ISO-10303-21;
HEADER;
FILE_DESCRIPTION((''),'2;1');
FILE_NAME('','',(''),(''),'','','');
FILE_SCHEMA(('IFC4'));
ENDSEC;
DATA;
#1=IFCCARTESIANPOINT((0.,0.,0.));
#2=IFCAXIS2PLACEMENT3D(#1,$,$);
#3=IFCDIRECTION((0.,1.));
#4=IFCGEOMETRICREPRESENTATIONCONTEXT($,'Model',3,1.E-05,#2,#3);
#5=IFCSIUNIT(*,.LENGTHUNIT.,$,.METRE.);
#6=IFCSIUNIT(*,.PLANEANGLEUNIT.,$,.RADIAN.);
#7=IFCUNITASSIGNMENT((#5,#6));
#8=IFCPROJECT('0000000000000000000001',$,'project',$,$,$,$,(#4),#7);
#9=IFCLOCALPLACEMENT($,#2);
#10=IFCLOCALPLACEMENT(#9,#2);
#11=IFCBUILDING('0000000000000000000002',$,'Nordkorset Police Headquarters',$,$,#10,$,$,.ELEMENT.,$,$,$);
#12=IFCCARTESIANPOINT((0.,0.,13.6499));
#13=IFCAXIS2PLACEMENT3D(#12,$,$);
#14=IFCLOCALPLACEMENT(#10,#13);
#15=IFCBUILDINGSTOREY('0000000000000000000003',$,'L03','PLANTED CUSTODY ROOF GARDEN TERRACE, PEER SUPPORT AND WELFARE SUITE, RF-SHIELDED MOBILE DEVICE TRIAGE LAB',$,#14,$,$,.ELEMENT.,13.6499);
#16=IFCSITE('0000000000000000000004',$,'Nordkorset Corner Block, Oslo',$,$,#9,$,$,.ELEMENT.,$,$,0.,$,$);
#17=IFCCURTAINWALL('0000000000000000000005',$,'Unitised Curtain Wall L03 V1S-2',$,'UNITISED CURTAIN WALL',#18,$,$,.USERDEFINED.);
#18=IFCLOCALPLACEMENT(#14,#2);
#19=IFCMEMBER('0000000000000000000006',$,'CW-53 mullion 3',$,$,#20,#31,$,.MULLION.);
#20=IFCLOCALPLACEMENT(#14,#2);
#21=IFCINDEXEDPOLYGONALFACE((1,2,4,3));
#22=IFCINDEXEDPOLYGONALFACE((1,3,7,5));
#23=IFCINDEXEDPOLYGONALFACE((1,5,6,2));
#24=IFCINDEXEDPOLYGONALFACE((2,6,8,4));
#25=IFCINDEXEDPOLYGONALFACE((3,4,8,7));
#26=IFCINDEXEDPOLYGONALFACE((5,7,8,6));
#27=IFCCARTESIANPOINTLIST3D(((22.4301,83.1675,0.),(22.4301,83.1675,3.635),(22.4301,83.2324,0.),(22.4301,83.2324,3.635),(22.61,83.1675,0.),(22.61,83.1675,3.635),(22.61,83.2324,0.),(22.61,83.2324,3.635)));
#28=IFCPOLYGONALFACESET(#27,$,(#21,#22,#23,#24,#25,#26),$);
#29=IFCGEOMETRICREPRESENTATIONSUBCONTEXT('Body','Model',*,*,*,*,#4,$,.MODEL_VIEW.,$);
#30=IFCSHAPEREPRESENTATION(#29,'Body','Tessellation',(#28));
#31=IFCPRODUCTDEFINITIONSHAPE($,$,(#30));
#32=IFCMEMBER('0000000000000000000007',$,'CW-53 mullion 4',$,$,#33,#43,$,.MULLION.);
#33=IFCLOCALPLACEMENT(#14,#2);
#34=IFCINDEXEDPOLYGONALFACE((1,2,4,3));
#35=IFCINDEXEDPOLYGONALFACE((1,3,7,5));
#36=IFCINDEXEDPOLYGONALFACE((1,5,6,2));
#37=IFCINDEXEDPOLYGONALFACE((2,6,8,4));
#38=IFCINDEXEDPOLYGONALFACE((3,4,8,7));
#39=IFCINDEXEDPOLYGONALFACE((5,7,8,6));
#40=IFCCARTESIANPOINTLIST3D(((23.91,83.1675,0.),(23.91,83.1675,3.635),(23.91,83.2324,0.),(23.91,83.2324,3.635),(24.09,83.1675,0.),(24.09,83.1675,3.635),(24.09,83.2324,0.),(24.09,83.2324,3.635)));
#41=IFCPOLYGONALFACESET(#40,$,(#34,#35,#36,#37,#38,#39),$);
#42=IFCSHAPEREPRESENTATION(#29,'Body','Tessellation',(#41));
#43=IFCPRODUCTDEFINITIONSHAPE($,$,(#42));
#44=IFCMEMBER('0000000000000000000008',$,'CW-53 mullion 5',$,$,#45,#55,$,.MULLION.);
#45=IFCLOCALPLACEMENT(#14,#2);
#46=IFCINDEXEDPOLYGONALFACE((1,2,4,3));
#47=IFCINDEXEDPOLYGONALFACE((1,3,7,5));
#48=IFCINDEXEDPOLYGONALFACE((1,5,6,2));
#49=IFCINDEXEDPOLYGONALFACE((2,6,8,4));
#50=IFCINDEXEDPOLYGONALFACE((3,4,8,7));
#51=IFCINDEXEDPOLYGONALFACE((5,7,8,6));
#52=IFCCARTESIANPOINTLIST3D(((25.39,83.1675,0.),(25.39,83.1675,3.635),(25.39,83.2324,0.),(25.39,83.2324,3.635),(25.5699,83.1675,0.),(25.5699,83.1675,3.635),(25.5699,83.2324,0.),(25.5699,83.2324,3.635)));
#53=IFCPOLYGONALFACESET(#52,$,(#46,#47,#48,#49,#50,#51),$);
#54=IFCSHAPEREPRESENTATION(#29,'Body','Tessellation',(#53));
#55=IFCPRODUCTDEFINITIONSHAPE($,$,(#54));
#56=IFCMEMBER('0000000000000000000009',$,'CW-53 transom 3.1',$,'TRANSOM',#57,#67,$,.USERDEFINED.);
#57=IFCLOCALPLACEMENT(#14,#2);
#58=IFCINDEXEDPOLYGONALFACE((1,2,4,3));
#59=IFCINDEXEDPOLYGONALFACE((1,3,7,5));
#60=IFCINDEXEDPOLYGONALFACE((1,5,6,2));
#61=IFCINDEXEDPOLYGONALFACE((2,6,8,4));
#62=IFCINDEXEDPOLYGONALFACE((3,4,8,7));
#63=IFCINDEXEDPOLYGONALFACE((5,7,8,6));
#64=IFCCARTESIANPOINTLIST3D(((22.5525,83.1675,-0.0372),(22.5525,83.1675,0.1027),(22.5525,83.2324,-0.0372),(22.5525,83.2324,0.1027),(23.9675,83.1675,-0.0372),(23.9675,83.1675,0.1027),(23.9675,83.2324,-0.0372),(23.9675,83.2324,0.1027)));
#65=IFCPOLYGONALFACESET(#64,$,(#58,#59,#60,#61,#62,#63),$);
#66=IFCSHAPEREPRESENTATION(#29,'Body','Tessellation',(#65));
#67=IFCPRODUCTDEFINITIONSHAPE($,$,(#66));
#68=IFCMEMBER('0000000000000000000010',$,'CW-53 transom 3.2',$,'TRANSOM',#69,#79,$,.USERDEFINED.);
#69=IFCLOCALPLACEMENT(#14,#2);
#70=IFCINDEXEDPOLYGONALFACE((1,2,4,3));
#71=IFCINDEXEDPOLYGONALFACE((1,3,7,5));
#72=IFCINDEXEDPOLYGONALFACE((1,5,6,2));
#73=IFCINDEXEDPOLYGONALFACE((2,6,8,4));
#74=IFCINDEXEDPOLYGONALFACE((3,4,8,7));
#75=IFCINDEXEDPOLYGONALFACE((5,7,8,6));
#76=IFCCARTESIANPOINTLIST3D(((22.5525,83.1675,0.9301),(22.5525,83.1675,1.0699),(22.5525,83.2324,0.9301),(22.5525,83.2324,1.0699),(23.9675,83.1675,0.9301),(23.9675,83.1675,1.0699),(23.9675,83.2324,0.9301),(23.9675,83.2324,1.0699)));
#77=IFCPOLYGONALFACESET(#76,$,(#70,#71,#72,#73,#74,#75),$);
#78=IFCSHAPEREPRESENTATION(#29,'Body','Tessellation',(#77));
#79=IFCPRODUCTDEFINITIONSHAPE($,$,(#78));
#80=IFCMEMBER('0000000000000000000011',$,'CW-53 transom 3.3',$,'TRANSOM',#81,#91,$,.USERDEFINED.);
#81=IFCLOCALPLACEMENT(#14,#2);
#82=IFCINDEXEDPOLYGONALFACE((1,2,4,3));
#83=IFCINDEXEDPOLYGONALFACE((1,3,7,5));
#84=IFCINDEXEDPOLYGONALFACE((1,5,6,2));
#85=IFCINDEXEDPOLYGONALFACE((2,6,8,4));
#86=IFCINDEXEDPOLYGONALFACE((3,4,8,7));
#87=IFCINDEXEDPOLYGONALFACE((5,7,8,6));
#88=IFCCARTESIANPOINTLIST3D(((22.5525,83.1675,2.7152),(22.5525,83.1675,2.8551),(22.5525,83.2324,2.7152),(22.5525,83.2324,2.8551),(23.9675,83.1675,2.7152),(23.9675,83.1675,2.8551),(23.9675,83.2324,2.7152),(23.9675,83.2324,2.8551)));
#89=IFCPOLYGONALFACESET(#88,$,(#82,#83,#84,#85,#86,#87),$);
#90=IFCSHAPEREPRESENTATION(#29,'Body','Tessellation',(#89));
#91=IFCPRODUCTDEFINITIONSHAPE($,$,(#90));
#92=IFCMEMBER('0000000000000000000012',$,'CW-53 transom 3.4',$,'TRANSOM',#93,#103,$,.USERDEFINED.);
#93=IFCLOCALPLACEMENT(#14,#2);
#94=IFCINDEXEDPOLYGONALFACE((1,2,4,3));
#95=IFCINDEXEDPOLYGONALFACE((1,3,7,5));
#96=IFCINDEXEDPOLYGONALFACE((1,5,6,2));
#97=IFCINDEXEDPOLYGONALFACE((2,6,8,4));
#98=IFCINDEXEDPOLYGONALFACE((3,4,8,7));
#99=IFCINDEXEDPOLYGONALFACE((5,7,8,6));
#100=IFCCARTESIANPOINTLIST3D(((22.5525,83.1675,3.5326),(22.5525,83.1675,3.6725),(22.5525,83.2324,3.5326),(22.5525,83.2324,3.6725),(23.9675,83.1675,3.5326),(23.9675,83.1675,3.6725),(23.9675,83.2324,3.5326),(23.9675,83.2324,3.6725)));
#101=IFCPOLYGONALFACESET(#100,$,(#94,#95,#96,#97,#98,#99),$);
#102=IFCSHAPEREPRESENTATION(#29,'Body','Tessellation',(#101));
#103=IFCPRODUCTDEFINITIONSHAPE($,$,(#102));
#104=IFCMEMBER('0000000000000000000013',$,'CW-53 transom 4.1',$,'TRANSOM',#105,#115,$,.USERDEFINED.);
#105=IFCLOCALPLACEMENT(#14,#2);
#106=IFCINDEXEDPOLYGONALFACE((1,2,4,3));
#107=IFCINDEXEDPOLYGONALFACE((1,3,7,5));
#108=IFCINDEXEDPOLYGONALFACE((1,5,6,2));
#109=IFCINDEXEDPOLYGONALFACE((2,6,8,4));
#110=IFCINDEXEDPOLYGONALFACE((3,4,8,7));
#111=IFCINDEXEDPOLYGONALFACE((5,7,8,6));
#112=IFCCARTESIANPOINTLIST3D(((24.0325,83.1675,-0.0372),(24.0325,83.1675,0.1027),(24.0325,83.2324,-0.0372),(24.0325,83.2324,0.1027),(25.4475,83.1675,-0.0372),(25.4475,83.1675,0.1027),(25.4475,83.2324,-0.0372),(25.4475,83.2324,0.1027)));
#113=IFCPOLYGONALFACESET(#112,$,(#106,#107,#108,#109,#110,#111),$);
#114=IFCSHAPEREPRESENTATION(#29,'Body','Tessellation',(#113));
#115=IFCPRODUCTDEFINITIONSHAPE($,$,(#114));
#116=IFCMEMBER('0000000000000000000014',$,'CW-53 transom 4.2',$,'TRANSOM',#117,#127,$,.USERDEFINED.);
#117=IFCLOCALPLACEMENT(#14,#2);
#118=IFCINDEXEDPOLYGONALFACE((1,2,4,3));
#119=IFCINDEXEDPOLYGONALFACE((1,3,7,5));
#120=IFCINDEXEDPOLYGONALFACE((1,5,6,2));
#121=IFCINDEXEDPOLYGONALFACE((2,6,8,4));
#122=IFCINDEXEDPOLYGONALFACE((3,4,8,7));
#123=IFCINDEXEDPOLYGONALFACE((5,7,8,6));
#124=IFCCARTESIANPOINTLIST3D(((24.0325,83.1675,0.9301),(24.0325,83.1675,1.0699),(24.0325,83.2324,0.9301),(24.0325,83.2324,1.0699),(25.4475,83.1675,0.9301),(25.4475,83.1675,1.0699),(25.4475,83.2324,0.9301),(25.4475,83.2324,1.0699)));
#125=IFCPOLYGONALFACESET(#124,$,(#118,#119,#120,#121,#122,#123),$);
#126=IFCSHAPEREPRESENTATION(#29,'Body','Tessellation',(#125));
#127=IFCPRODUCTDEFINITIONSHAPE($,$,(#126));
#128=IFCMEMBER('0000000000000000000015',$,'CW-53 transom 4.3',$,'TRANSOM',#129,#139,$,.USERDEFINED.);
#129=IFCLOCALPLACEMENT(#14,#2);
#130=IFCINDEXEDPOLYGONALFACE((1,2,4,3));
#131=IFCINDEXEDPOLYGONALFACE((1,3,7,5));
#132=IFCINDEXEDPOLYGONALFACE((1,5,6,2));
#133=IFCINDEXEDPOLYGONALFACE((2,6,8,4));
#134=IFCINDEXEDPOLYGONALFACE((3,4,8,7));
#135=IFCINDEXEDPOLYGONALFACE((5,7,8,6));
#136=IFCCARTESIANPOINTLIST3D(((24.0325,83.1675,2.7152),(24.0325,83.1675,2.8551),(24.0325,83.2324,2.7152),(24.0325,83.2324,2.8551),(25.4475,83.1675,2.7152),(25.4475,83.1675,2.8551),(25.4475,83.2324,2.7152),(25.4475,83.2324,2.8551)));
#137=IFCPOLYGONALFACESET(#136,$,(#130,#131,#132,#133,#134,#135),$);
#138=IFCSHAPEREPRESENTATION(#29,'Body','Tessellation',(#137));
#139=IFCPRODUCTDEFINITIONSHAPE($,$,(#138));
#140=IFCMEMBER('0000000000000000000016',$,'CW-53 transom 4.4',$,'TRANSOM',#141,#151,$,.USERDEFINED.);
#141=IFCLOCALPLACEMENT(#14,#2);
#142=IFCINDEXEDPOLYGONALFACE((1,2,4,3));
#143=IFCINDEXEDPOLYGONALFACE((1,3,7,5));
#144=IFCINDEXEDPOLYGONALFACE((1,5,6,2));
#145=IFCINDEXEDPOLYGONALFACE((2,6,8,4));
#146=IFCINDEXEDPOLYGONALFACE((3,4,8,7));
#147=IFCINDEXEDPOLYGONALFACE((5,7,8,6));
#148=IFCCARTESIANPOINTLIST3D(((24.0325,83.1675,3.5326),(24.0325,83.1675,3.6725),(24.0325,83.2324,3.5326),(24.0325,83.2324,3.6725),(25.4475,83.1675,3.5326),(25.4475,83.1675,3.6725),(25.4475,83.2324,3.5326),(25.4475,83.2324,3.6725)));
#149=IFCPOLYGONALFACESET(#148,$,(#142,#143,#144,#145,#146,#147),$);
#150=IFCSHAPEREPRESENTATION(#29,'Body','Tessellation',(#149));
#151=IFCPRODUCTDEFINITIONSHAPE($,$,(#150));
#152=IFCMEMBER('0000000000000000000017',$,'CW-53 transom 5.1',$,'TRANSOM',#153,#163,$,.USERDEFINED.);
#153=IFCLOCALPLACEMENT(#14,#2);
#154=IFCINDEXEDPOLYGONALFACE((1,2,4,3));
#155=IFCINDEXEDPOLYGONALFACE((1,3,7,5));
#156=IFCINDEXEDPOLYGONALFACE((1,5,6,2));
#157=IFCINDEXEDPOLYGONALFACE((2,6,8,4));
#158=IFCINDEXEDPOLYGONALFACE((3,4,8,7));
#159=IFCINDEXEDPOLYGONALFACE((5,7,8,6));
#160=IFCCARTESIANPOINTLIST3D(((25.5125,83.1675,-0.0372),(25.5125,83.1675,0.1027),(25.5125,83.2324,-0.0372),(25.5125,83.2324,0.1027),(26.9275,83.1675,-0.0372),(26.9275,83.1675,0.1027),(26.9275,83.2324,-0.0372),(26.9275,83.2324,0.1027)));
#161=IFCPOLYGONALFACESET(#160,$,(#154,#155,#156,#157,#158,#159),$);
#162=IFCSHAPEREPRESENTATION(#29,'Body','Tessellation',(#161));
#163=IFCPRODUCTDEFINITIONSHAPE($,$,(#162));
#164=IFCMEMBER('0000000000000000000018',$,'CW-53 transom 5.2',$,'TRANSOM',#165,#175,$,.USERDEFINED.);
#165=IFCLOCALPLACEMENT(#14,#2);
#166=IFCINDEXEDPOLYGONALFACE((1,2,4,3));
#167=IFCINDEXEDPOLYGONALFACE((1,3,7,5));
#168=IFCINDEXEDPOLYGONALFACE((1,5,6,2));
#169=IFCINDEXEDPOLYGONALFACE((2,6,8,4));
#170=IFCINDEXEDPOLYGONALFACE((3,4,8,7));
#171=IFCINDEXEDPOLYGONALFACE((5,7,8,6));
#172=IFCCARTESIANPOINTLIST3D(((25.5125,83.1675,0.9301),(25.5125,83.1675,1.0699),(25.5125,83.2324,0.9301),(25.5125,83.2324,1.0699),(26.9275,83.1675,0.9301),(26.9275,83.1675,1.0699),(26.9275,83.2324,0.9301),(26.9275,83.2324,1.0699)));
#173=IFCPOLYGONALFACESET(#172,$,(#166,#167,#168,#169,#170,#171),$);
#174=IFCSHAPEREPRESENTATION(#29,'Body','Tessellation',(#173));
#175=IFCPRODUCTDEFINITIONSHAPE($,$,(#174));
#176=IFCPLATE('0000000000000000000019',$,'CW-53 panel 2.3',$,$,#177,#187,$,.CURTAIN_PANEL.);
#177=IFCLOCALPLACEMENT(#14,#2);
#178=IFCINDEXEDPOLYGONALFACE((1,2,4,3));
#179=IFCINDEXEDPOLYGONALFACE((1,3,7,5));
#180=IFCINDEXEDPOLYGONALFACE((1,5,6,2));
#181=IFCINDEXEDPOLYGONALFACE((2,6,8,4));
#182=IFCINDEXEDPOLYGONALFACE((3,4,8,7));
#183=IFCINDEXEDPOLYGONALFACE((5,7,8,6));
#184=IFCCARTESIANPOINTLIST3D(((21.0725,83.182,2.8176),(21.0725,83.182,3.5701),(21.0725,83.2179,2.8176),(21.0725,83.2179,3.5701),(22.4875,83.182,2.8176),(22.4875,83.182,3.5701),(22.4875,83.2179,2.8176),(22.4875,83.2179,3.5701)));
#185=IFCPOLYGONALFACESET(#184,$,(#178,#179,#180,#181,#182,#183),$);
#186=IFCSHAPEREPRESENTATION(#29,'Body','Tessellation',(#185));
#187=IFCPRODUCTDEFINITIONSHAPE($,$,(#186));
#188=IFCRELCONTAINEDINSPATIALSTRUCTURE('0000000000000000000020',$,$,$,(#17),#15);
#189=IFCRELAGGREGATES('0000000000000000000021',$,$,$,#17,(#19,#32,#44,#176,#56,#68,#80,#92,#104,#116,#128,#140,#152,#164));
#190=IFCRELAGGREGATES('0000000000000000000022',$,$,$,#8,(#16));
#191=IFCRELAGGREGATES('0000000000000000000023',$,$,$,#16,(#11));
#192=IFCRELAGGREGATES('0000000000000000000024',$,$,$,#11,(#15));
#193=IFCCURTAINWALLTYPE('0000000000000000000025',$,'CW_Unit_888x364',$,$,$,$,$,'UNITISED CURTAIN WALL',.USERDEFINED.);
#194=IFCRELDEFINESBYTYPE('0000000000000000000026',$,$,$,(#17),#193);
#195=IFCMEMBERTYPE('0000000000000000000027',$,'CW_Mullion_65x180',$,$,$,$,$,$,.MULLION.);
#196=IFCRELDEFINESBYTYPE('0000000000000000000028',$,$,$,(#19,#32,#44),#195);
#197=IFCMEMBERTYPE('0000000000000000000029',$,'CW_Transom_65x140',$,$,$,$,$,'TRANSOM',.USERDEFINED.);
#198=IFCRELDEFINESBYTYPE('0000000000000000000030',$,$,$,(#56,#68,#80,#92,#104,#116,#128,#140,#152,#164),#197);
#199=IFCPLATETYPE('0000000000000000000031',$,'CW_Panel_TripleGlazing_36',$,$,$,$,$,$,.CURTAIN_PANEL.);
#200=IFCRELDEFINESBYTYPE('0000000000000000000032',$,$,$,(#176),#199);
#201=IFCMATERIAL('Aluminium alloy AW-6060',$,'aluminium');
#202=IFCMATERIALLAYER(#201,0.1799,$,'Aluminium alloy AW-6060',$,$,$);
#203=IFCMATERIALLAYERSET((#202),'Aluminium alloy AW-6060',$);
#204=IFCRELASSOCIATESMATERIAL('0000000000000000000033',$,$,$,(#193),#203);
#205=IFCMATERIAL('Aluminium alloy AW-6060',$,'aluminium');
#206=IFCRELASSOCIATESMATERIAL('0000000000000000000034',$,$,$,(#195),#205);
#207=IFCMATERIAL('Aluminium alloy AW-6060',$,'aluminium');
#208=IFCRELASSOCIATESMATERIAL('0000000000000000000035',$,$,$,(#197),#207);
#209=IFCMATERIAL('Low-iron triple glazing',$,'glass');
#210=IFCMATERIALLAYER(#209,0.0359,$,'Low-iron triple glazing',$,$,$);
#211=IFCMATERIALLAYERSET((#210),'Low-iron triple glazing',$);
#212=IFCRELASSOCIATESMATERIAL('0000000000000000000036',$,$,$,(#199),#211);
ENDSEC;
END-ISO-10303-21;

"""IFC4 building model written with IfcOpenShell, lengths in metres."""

from ifc_helpers import new_model, si_unit, direction, frame, origin, origin_2d, place, context, subcontext, project, spatial, rectangle, extrude, material, layer, layer_set, material_profile, profile_set, type_object, element, aggregate, save


model = new_model("IFC4")

# Units and contexts
model_context = context("Model", 3, precision=1e-05, world=origin(), true_north=direction((0.0, 1.0)))
body_context = subcontext(model_context, "Body", "Model", "MODEL_VIEW")
ifc_project = project(units=[si_unit("LENGTHUNIT", "METRE"), si_unit("PLANEANGLEUNIT", "RADIAN")], contexts=[model_context])

# Site, building, storey
site_placement = place(None, origin())
site = spatial("IfcSite", under=ifc_project, at=site_placement, Name="Nordkorset Corner Block, Oslo", CompositionType="ELEMENT", RefElevation=0.0)
building_placement = place(site_placement, origin())
building = spatial("IfcBuilding", under=site, at=building_placement, Name="Nordkorset Police Headquarters", CompositionType="ELEMENT")
storey_placement = place(building_placement, frame((0.0, 0.0, 13.6499)))
storey = spatial("IfcBuildingStorey", under=building, at=storey_placement, Name="L03", Description="PLANTED CUSTODY ROOF GARDEN TERRACE, PEER SUPPORT AND WELFARE SUITE, RF-SHIELDED MOBILE DEVICE TRIAGE LAB", CompositionType="ELEMENT", Elevation=13.6499)

# Curtain wall, members, plate
ifc_material_1 = material(Name="Aluminium alloy AW-6060", Category="aluminium")
ifc_layer_1 = layer(ifc_material_1, 0.1799, Name="Aluminium alloy AW-6060")
ifc_layer_set_1 = layer_set([ifc_layer_1], Name="Aluminium alloy AW-6060")
curtain_wall_type = type_object("IfcCurtainWallType", Name="CW_Unit_888x364", ElementType="UNITISED CURTAIN WALL", PredefinedType="USERDEFINED", material=ifc_layer_set_1)
curtain_wall_placement = place(storey_placement, origin())
curtain_wall = element("IfcCurtainWall", 1, at=curtain_wall_placement, inside=storey, type_object=curtain_wall_type, Name="Unitised Curtain Wall L03 V1S-2", ObjectType="UNITISED CURTAIN WALL", PredefinedType="USERDEFINED")
ifc_material_2 = material(Name="Aluminium alloy AW-6060", Category="aluminium")
ifc_material_profile_1 = material_profile(ifc_material_2, rectangle(XDim=0.0649, YDim=0.1799, at=origin_2d()), Name="ALU MULL 65x180")
ifc_profile_set_1 = profile_set([ifc_material_profile_1], Name="Aluminium alloy AW-6060")
member_type_1 = type_object("IfcMemberType", Name="CW_Mullion_65x180", PredefinedType="MULLION", material=ifc_profile_set_1)
member_1_placement = place(storey_placement, frame((22.52, 83.2, 0.0), z_axis=(0.0, 0.0, 1.0), x_axis=(0.0, 1.0, 0.0)))
member_1 = element("IfcMember", 2, at=member_1_placement, type_object=member_type_1, Name="CW-53 mullion 3", PredefinedType="MULLION", context=body_context, shape_type="SweptSolid", body=[
    extrude(rectangle(XDim=0.0649, YDim=0.1799, at=origin_2d()), origin(), (0.0, 0.0, 1.0), 3.635),
])
member_2_placement = place(storey_placement, frame((24.0, 83.2, 0.0), z_axis=(0.0, 0.0, 1.0), x_axis=(0.0, 1.0, 0.0)))
member_2 = element("IfcMember", 3, at=member_2_placement, type_object=member_type_1, Name="CW-53 mullion 4", PredefinedType="MULLION", context=body_context, shape_type="SweptSolid", body=[
    extrude(rectangle(XDim=0.0649, YDim=0.1799, at=origin_2d()), origin(), (0.0, 0.0, 1.0), 3.635),
])
member_3_placement = place(storey_placement, frame((25.48, 83.2, 0.0), z_axis=(0.0, 0.0, 1.0), x_axis=(0.0, 1.0, 0.0)))
member_3 = element("IfcMember", 4, at=member_3_placement, type_object=member_type_1, Name="CW-53 mullion 5", PredefinedType="MULLION", context=body_context, shape_type="SweptSolid", body=[
    extrude(rectangle(XDim=0.0649, YDim=0.1799, at=origin_2d()), origin(), (0.0, 0.0, 1.0), 3.635),
])
ifc_material_3 = material(Name="Aluminium alloy AW-6060", Category="aluminium")
ifc_material_profile_2 = material_profile(ifc_material_3, rectangle(XDim=0.0649, YDim=0.1399, at=origin_2d()), Name="ALU TRAN 65x140")
ifc_profile_set_2 = profile_set([ifc_material_profile_2], Name="Aluminium alloy AW-6060")
member_type_2 = type_object("IfcMemberType", Name="CW_Transom_65x140", ElementType="TRANSOM", PredefinedType="USERDEFINED", material=ifc_profile_set_2)
member_4_placement = place(storey_placement, frame((22.5525, 83.2, 0.0327), z_axis=(1.0, 0.0, 0.0), x_axis=(0.0, 1.0, 0.0)))
member_4 = element("IfcMember", 5, at=member_4_placement, type_object=member_type_2, Name="CW-53 transom 3.1", ObjectType="TRANSOM", PredefinedType="USERDEFINED", context=body_context, shape_type="SweptSolid", body=[
    extrude(rectangle(XDim=0.0649, YDim=0.1399, at=origin_2d()), origin(), (0.0, 0.0, 1.0), 1.415),
])
member_5_placement = place(storey_placement, frame((22.5525, 83.2, 1.0), z_axis=(1.0, 0.0, 0.0), x_axis=(0.0, 1.0, 0.0)))
member_5 = element("IfcMember", 6, at=member_5_placement, type_object=member_type_2, Name="CW-53 transom 3.2", ObjectType="TRANSOM", PredefinedType="USERDEFINED", context=body_context, shape_type="SweptSolid", body=[
    extrude(rectangle(XDim=0.0649, YDim=0.1399, at=origin_2d()), origin(), (0.0, 0.0, 1.0), 1.415),
])
member_6_placement = place(storey_placement, frame((22.5525, 83.2, 2.7852), z_axis=(1.0, 0.0, 0.0), x_axis=(0.0, 1.0, 0.0)))
member_6 = element("IfcMember", 7, at=member_6_placement, type_object=member_type_2, Name="CW-53 transom 3.3", ObjectType="TRANSOM", PredefinedType="USERDEFINED", context=body_context, shape_type="SweptSolid", body=[
    extrude(rectangle(XDim=0.0649, YDim=0.1399, at=origin_2d()), origin(), (0.0, 0.0, 1.0), 1.415),
])
member_7_placement = place(storey_placement, frame((22.5525, 83.2, 3.6025), z_axis=(1.0, 0.0, 0.0), x_axis=(0.0, 1.0, 0.0)))
member_7 = element("IfcMember", 8, at=member_7_placement, type_object=member_type_2, Name="CW-53 transom 3.4", ObjectType="TRANSOM", PredefinedType="USERDEFINED", context=body_context, shape_type="SweptSolid", body=[
    extrude(rectangle(XDim=0.0649, YDim=0.1399, at=origin_2d()), origin(), (0.0, 0.0, 1.0), 1.415),
])
member_8_placement = place(storey_placement, frame((24.0325, 83.2, 0.0327), z_axis=(1.0, 0.0, 0.0), x_axis=(0.0, 1.0, 0.0)))
member_8 = element("IfcMember", 9, at=member_8_placement, type_object=member_type_2, Name="CW-53 transom 4.1", ObjectType="TRANSOM", PredefinedType="USERDEFINED", context=body_context, shape_type="SweptSolid", body=[
    extrude(rectangle(XDim=0.0649, YDim=0.1399, at=origin_2d()), origin(), (0.0, 0.0, 1.0), 1.415),
])
member_9_placement = place(storey_placement, frame((24.0325, 83.2, 1.0), z_axis=(1.0, 0.0, 0.0), x_axis=(0.0, 1.0, 0.0)))
member_9 = element("IfcMember", 10, at=member_9_placement, type_object=member_type_2, Name="CW-53 transom 4.2", ObjectType="TRANSOM", PredefinedType="USERDEFINED", context=body_context, shape_type="SweptSolid", body=[
    extrude(rectangle(XDim=0.0649, YDim=0.1399, at=origin_2d()), origin(), (0.0, 0.0, 1.0), 1.415),
])
member_10_placement = place(storey_placement, frame((24.0325, 83.2, 2.7852), z_axis=(1.0, 0.0, 0.0), x_axis=(0.0, 1.0, 0.0)))
member_10 = element("IfcMember", 11, at=member_10_placement, type_object=member_type_2, Name="CW-53 transom 4.3", ObjectType="TRANSOM", PredefinedType="USERDEFINED", context=body_context, shape_type="SweptSolid", body=[
    extrude(rectangle(XDim=0.0649, YDim=0.1399, at=origin_2d()), origin(), (0.0, 0.0, 1.0), 1.415),
])
member_11_placement = place(storey_placement, frame((24.0325, 83.2, 3.6025), z_axis=(1.0, 0.0, 0.0), x_axis=(0.0, 1.0, 0.0)))
member_11 = element("IfcMember", 12, at=member_11_placement, type_object=member_type_2, Name="CW-53 transom 4.4", ObjectType="TRANSOM", PredefinedType="USERDEFINED", context=body_context, shape_type="SweptSolid", body=[
    extrude(rectangle(XDim=0.0649, YDim=0.1399, at=origin_2d()), origin(), (0.0, 0.0, 1.0), 1.415),
])
member_12_placement = place(storey_placement, frame((25.5125, 83.2, 0.0327), z_axis=(1.0, 0.0, 0.0), x_axis=(0.0, 1.0, 0.0)))
member_12 = element("IfcMember", 13, at=member_12_placement, type_object=member_type_2, Name="CW-53 transom 5.1", ObjectType="TRANSOM", PredefinedType="USERDEFINED", context=body_context, shape_type="SweptSolid", body=[
    extrude(rectangle(XDim=0.0649, YDim=0.1399, at=origin_2d()), origin(), (0.0, 0.0, 1.0), 1.415),
])
member_13_placement = place(storey_placement, frame((25.5125, 83.2, 1.0), z_axis=(1.0, 0.0, 0.0), x_axis=(0.0, 1.0, 0.0)))
member_13 = element("IfcMember", 14, at=member_13_placement, type_object=member_type_2, Name="CW-53 transom 5.2", ObjectType="TRANSOM", PredefinedType="USERDEFINED", context=body_context, shape_type="SweptSolid", body=[
    extrude(rectangle(XDim=0.0649, YDim=0.1399, at=origin_2d()), origin(), (0.0, 0.0, 1.0), 1.415),
])
ifc_material_4 = material(Name="Low-iron triple glazing", Category="glass")
ifc_layer_2 = layer(ifc_material_4, 0.0359, Name="Low-iron triple glazing")
ifc_layer_set_2 = layer_set([ifc_layer_2], Name="Low-iron triple glazing")
plate_type = type_object("IfcPlateType", Name="CW_Panel_TripleGlazing_36", PredefinedType="CURTAIN_PANEL", material=ifc_layer_set_2)
plate_1_placement = place(storey_placement, frame((21.78, 83.2, 2.8176), z_axis=(0.0, 0.0, 1.0), x_axis=(1.0, 0.0, 0.0)))
plate_1 = element("IfcPlate", 15, at=plate_1_placement, type_object=plate_type, Name="CW-53 panel 2.3", PredefinedType="CURTAIN_PANEL", context=body_context, shape_type="SweptSolid", body=[
    extrude(rectangle(XDim=1.415, YDim=0.0359, at=origin_2d()), origin(), (0.0, 0.0, 1.0), 0.7524),
])
aggregate(curtain_wall, [member_1, member_2, member_3, plate_1, member_4, member_5, member_6, member_7, member_8, member_9, member_10, member_11, member_12, member_13])

save(model, "model.ifc")
